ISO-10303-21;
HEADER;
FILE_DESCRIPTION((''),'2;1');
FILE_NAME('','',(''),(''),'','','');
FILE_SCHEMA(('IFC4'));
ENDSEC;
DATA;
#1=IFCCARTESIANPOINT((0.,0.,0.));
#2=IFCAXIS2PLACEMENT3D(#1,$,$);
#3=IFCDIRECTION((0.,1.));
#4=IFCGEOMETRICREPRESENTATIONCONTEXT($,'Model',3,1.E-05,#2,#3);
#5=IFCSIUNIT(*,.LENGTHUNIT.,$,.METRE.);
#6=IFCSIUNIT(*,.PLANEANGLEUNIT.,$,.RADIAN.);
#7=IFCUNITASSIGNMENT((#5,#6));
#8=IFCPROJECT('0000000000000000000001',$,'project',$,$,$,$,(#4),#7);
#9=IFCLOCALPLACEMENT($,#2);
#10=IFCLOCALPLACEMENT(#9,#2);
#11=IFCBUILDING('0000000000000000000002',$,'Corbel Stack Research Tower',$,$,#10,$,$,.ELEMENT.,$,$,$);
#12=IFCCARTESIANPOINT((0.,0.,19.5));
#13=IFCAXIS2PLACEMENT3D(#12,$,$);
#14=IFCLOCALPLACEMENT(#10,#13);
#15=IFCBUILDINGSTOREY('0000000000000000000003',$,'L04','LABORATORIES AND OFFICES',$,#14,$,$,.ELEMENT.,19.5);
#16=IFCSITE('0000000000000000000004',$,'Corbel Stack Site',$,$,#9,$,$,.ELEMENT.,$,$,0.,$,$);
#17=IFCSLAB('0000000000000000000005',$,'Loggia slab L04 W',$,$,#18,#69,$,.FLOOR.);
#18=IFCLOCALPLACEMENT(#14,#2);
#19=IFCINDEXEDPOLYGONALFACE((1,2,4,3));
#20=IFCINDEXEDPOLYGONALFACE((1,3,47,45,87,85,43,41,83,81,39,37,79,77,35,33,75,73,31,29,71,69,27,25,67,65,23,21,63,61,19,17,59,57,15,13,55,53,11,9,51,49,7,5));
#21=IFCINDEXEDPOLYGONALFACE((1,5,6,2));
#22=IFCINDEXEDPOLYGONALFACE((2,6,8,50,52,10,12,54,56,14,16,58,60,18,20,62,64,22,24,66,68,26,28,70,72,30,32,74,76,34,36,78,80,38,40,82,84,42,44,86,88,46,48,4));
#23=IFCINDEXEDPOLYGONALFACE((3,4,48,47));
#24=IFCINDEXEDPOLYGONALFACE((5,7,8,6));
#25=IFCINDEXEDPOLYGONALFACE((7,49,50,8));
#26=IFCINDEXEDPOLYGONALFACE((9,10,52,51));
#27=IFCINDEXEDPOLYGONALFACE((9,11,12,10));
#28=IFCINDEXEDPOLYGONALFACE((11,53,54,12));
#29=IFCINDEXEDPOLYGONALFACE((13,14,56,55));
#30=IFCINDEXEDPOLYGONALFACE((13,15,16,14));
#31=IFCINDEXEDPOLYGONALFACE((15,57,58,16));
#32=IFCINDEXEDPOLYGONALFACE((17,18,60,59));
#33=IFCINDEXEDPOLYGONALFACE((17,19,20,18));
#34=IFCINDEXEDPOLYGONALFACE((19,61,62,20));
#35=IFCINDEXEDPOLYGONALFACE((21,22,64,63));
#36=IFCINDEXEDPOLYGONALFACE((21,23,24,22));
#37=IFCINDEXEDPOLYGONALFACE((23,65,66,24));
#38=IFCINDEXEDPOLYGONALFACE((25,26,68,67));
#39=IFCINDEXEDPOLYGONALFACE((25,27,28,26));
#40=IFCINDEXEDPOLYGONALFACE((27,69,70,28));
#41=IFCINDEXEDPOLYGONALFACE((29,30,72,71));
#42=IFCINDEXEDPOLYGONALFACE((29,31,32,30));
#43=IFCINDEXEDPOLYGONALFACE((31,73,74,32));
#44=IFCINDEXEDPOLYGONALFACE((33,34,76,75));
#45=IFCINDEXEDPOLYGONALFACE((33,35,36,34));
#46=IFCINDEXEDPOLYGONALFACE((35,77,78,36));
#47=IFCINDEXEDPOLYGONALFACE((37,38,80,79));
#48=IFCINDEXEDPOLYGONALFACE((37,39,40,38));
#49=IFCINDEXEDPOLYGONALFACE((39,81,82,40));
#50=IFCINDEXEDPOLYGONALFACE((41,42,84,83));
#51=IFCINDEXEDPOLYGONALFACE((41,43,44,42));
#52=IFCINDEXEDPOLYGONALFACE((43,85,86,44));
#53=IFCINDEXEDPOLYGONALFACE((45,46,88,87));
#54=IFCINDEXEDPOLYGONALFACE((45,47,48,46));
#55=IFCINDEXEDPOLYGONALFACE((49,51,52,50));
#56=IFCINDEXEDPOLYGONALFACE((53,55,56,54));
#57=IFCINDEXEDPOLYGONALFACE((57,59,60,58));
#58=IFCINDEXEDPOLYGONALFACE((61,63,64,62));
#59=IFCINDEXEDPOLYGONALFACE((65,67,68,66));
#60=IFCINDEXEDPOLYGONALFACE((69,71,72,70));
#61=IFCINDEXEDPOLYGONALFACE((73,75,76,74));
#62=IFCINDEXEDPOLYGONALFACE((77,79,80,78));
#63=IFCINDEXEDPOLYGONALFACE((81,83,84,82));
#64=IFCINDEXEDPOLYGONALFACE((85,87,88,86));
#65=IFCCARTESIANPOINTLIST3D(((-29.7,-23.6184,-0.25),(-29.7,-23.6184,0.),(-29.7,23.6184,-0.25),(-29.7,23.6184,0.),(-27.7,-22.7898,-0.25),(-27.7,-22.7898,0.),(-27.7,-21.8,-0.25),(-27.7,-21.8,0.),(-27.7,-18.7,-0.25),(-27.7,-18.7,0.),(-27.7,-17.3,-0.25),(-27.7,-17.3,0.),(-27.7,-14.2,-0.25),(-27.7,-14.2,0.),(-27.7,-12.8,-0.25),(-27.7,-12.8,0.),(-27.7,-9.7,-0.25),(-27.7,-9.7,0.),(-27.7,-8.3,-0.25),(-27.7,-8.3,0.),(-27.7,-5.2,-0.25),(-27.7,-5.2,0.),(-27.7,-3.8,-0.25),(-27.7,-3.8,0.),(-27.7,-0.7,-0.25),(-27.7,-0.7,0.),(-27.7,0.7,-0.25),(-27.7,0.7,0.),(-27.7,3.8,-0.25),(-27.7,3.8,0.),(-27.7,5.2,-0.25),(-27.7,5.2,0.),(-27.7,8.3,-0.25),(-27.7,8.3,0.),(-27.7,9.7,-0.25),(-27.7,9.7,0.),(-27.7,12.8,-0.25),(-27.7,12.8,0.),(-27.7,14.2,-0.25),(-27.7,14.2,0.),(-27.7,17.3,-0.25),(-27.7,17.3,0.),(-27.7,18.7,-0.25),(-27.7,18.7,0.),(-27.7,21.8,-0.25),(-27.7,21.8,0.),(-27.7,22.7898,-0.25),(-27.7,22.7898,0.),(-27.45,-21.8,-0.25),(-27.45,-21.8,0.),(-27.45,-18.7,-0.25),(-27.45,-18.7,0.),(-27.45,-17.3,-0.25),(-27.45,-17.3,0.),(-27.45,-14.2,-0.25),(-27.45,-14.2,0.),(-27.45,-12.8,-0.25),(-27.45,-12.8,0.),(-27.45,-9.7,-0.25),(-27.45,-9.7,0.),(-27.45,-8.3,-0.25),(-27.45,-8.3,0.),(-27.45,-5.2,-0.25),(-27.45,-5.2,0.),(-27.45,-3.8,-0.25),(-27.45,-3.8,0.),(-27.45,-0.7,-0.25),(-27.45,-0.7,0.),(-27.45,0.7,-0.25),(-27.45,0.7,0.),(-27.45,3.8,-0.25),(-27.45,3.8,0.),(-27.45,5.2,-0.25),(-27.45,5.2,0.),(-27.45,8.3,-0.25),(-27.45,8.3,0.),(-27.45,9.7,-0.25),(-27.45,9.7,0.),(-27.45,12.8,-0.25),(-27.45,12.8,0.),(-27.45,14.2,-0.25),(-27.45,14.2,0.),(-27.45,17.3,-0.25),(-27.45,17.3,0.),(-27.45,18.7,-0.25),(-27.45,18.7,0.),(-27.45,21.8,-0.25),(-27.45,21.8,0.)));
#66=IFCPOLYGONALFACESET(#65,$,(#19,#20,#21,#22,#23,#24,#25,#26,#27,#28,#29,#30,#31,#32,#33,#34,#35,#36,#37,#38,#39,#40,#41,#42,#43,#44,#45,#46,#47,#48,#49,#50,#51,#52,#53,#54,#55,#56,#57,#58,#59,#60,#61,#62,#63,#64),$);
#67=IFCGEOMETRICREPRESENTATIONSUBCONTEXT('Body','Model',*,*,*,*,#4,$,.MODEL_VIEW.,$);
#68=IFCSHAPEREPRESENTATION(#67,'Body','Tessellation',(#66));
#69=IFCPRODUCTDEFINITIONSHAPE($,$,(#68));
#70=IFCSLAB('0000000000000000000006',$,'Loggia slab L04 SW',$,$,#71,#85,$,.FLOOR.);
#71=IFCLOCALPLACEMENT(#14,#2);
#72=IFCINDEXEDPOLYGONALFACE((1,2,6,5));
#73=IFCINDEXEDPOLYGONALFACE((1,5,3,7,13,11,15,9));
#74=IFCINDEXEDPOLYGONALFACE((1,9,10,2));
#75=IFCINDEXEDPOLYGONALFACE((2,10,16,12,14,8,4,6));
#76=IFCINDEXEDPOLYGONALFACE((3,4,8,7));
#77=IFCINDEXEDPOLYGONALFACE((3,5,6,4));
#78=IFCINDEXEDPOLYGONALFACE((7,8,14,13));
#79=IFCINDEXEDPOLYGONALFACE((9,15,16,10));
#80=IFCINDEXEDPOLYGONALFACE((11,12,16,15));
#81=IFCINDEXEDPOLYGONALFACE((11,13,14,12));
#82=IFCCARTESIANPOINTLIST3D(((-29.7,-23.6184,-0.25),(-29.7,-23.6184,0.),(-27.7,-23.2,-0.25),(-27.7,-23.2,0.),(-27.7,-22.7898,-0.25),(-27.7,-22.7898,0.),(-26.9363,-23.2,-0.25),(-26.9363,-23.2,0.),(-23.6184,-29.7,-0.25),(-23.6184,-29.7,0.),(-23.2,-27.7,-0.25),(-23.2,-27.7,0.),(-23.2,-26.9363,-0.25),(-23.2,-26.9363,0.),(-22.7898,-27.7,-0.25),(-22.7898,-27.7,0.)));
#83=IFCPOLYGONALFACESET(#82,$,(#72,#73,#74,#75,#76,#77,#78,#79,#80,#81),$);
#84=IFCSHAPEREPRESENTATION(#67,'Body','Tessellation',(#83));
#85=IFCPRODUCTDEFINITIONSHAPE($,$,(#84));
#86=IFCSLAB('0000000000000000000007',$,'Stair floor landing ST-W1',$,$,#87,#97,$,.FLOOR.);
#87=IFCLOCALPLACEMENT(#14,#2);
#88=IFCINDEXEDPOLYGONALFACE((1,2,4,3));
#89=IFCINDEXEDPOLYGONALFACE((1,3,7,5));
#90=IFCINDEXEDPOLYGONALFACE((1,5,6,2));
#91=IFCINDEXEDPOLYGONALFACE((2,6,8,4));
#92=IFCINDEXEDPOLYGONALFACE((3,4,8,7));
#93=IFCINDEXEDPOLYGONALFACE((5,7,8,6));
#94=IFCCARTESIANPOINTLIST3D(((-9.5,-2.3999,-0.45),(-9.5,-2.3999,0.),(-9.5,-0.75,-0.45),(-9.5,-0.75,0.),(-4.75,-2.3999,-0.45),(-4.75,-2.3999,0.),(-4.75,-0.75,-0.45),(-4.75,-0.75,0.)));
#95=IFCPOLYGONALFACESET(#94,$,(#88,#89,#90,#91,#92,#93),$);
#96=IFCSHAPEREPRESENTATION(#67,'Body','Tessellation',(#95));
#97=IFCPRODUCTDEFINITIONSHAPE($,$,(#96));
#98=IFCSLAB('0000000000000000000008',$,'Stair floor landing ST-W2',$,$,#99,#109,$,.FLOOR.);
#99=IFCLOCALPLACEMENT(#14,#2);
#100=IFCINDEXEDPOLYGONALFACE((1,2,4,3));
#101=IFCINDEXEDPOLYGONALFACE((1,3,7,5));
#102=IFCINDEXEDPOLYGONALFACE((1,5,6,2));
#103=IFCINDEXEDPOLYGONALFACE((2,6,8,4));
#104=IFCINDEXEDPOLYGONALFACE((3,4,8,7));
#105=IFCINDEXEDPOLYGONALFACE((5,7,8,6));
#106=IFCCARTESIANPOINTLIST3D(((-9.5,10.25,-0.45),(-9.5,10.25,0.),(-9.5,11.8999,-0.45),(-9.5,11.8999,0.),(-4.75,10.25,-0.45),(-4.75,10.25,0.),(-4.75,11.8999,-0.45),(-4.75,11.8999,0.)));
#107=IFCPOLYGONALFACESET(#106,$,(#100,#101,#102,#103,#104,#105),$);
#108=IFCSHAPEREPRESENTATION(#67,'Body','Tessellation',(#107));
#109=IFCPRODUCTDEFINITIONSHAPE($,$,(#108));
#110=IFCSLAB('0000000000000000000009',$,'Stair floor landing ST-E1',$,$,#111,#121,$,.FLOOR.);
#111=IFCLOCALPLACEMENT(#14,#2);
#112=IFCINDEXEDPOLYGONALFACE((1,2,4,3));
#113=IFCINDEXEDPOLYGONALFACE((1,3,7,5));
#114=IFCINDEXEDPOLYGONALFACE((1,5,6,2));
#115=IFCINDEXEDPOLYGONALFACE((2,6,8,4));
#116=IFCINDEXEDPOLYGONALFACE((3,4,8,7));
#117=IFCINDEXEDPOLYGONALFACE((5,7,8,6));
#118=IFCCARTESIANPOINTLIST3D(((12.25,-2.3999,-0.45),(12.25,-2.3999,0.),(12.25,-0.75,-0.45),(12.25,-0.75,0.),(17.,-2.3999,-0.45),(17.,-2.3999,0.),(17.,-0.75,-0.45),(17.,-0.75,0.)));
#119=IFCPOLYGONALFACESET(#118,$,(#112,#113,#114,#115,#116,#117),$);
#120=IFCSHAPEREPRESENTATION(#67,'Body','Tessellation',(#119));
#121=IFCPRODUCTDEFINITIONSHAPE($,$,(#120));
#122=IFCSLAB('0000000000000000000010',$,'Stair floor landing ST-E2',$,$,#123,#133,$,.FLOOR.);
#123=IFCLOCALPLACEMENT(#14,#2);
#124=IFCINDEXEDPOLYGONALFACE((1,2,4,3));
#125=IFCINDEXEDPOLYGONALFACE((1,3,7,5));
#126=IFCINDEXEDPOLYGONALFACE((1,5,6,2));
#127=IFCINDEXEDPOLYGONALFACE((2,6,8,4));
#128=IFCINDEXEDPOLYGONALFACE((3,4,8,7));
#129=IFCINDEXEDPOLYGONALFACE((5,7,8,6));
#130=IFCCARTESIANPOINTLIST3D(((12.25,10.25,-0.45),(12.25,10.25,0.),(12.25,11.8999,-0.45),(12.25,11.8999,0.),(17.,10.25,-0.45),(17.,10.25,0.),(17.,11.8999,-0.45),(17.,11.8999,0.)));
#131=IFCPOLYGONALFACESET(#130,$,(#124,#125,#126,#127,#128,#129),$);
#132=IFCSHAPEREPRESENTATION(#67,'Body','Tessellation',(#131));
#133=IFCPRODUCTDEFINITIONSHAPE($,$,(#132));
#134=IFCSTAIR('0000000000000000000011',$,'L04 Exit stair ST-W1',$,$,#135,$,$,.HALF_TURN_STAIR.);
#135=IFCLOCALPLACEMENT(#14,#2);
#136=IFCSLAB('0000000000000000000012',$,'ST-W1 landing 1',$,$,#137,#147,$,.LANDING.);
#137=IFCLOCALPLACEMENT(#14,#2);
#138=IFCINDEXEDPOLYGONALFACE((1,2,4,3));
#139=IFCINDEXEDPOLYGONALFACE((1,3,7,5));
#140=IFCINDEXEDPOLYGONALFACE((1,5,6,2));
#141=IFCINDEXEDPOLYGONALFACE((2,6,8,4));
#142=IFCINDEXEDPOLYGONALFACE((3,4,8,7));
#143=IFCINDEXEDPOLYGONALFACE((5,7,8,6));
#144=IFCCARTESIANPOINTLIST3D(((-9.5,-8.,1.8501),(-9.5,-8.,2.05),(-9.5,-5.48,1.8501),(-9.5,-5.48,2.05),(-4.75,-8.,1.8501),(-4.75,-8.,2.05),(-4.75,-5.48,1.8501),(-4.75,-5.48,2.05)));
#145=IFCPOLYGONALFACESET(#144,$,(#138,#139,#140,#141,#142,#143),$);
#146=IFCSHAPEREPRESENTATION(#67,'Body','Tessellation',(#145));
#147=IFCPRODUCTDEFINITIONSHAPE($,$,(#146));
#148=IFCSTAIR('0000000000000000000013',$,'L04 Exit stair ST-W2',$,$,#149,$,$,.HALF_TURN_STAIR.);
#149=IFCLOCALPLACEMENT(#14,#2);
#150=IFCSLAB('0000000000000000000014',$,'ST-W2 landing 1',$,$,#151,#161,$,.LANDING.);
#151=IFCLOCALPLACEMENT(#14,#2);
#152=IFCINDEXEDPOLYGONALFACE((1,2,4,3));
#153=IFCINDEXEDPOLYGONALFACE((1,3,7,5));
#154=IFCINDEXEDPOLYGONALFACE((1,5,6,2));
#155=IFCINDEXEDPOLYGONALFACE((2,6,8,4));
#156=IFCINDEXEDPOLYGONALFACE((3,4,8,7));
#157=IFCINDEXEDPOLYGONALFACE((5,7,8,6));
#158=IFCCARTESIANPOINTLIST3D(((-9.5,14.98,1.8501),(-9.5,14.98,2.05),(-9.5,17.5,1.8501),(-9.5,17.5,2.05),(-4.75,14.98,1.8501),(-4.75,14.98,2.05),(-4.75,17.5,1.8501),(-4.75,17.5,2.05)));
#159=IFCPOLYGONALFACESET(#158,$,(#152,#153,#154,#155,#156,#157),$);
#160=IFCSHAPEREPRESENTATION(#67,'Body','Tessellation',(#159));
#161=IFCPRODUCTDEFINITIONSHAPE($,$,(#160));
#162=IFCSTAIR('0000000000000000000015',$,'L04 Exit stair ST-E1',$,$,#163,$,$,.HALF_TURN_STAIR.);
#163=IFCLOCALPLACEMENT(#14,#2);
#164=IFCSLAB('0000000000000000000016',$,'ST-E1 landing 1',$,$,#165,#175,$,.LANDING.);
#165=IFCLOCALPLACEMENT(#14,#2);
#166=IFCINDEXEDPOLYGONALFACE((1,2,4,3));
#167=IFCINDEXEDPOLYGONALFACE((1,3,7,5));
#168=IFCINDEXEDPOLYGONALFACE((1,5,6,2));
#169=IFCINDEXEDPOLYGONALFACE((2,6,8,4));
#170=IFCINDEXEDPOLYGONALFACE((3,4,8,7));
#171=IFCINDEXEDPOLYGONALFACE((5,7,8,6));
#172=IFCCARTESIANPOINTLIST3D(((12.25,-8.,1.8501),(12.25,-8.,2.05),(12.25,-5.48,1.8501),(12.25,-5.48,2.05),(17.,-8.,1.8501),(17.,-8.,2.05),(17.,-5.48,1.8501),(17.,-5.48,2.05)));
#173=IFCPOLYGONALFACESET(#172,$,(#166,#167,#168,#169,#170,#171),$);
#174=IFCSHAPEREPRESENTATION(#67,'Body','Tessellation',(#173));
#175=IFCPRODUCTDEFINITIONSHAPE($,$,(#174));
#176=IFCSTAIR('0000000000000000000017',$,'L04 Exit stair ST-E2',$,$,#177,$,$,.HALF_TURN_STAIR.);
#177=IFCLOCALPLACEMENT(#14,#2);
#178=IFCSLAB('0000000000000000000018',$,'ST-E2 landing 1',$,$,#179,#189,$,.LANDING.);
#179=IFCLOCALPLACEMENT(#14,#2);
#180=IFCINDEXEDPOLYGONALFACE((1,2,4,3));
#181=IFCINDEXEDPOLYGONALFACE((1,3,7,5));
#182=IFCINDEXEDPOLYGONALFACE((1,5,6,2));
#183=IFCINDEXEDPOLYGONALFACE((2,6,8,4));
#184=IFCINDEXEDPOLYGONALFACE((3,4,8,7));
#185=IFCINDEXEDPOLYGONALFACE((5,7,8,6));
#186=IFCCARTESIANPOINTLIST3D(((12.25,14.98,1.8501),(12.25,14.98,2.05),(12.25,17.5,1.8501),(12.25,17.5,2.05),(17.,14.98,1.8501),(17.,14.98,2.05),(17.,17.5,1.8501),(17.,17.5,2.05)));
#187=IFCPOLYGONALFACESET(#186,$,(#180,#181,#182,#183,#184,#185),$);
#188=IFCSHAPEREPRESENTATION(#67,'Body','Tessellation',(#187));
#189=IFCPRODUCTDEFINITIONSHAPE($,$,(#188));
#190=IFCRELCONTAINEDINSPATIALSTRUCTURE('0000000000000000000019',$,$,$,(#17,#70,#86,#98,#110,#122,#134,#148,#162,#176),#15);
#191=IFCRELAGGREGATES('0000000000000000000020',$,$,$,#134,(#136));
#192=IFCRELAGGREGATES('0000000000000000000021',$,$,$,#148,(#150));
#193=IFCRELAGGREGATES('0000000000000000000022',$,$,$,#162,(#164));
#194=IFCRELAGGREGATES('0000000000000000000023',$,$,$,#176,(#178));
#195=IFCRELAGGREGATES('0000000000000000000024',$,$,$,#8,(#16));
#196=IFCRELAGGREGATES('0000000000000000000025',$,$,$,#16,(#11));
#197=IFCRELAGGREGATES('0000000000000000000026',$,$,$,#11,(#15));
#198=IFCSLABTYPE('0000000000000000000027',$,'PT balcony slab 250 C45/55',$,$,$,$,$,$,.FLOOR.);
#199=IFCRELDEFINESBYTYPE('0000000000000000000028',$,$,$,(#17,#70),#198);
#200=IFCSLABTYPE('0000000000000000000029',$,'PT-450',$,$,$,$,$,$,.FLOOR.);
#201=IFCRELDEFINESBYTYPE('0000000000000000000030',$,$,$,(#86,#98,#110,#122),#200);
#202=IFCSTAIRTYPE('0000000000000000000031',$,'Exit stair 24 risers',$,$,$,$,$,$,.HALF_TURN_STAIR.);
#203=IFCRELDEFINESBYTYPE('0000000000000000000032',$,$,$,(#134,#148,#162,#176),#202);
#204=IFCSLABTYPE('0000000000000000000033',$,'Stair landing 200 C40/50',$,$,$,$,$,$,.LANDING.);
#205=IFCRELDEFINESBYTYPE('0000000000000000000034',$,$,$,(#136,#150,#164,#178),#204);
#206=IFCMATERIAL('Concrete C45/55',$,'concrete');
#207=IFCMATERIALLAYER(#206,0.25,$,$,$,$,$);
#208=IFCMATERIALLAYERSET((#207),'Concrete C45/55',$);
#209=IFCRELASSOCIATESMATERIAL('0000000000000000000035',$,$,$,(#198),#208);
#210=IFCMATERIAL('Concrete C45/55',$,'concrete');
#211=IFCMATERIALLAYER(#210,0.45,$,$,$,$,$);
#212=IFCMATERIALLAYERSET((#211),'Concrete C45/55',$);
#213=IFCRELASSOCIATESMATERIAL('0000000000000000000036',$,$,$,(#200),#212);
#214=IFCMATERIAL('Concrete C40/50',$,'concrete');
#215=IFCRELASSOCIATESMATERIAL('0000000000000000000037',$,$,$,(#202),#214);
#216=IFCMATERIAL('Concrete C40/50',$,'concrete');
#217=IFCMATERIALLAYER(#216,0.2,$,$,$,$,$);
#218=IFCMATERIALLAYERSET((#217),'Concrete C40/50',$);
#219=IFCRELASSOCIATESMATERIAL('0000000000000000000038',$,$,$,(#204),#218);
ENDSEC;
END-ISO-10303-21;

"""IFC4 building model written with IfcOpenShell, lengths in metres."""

from ifc_helpers import new_model, si_unit, direction, frame, origin, place, context, subcontext, project, spatial, polyline, outline, extrude, material, layer, layer_set, type_object, element, aggregate, save


model = new_model("IFC4")

# Units and contexts
model_context = context("Model", 3, precision=1e-05, world=origin(), true_north=direction((0.0, 1.0)))
body_context = subcontext(model_context, "Body", "Model", "MODEL_VIEW")
ifc_project = project(units=[si_unit("LENGTHUNIT", "METRE"), si_unit("PLANEANGLEUNIT", "RADIAN")], contexts=[model_context])

# Site, building, storey
site_placement = place(None, origin())
site = spatial("IfcSite", under=ifc_project, at=site_placement, Name="Corbel Stack Site", CompositionType="ELEMENT", RefElevation=0.0)
building_placement = place(site_placement, origin())
building = spatial("IfcBuilding", under=site, at=building_placement, Name="Corbel Stack Research Tower", CompositionType="ELEMENT")
storey_placement = place(building_placement, frame((0.0, 0.0, 19.5)))
storey = spatial("IfcBuildingStorey", under=building, at=storey_placement, Name="L04", Description="LABORATORIES AND OFFICES", CompositionType="ELEMENT", Elevation=19.5)

# Slabs
ifc_material_1 = material(Name="Concrete C45/55", Category="concrete")
ifc_layer_1 = layer(ifc_material_1, 0.25)
ifc_layer_set_1 = layer_set([ifc_layer_1], Name="Concrete C45/55")
slab_type_1 = type_object("IfcSlabType", Name="PT balcony slab 250 C45/55", PredefinedType="FLOOR", material=ifc_layer_set_1)
slab_1_placement = place(storey_placement, frame((0.0, 0.0, -0.25)))
element("IfcSlab", 1, at=slab_1_placement, inside=storey, type_object=slab_type_1, Name="Loggia slab L04 W", PredefinedType="FLOOR", context=body_context, shape_type="SweptSolid", body=[
    extrude(outline(polyline([(-27.7, -22.7898), (-27.7, -21.8), (-27.45, -21.8), (-27.45, -18.7), (-27.7, -18.7), (-27.7, -17.3), (-27.45, -17.3), (-27.45, -14.2), (-27.7, -14.2), (-27.7, -12.8), (-27.45, -12.8), (-27.45, -9.7), (-27.7, -9.7), (-27.7, -8.3), (-27.45, -8.3), (-27.45, -5.2), (-27.7, -5.2), (-27.7, -3.8), (-27.45, -3.8), (-27.45, -0.7), (-27.7, -0.7), (-27.7, 0.7), (-27.45, 0.7), (-27.45, 3.8), (-27.7, 3.8), (-27.7, 5.2), (-27.45, 5.2), (-27.45, 8.3), (-27.7, 8.3), (-27.7, 9.7), (-27.45, 9.7), (-27.45, 12.8), (-27.7, 12.8), (-27.7, 14.2), (-27.45, 14.2), (-27.45, 17.3), (-27.7, 17.3), (-27.7, 18.7), (-27.45, 18.7), (-27.45, 21.8), (-27.7, 21.8), (-27.7, 22.7898), (-29.7, 23.6184), (-29.7, -23.6184), (-27.7, -22.7898)])), origin(), (0.0, 0.0, 1.0), 0.25),
])
slab_2_placement = place(storey_placement, frame((0.0, 0.0, -0.25)))
element("IfcSlab", 2, at=slab_2_placement, inside=storey, type_object=slab_type_1, Name="Loggia slab L04 SW", PredefinedType="FLOOR", context=body_context, shape_type="SweptSolid", body=[
    extrude(outline(polyline([(-22.7898, -27.7), (-23.2, -27.7), (-23.2, -26.9363), (-26.9363, -23.2), (-27.7, -23.2), (-27.7, -22.7898), (-29.7, -23.6184), (-23.6184, -29.7), (-22.7898, -27.7)])), origin(), (0.0, 0.0, 1.0), 0.25),
])
ifc_material_2 = material(Name="Concrete C45/55", Category="concrete")
ifc_layer_2 = layer(ifc_material_2, 0.45)
ifc_layer_set_2 = layer_set([ifc_layer_2], Name="Concrete C45/55")
slab_type_2 = type_object("IfcSlabType", Name="PT-450", PredefinedType="FLOOR", material=ifc_layer_set_2)
slab_3_placement = place(storey_placement, frame((0.0, 0.0, -0.45)))
element("IfcSlab", 3, at=slab_3_placement, inside=storey, type_object=slab_type_2, Name="Stair floor landing ST-W1", PredefinedType="FLOOR", context=body_context, shape_type="SweptSolid", body=[
    extrude(outline(polyline([(-9.5, -2.3999), (-4.75, -2.3999), (-4.75, -0.75), (-9.5, -0.75), (-9.5, -2.3999)])), origin(), (0.0, 0.0, 1.0), 0.45),
])
slab_4_placement = place(storey_placement, frame((0.0, 0.0, -0.45)))
element("IfcSlab", 4, at=slab_4_placement, inside=storey, type_object=slab_type_2, Name="Stair floor landing ST-W2", PredefinedType="FLOOR", context=body_context, shape_type="SweptSolid", body=[
    extrude(outline(polyline([(-9.5, 10.25), (-4.75, 10.25), (-4.75, 11.8999), (-9.5, 11.8999), (-9.5, 10.25)])), origin(), (0.0, 0.0, 1.0), 0.45),
])
slab_5_placement = place(storey_placement, frame((0.0, 0.0, -0.45)))
element("IfcSlab", 5, at=slab_5_placement, inside=storey, type_object=slab_type_2, Name="Stair floor landing ST-E1", PredefinedType="FLOOR", context=body_context, shape_type="SweptSolid", body=[
    extrude(outline(polyline([(12.25, -2.3999), (17.0, -2.3999), (17.0, -0.75), (12.25, -0.75), (12.25, -2.3999)])), origin(), (0.0, 0.0, 1.0), 0.45),
])
slab_6_placement = place(storey_placement, frame((0.0, 0.0, -0.45)))
element("IfcSlab", 6, at=slab_6_placement, inside=storey, type_object=slab_type_2, Name="Stair floor landing ST-E2", PredefinedType="FLOOR", context=body_context, shape_type="SweptSolid", body=[
    extrude(outline(polyline([(12.25, 10.25), (17.0, 10.25), (17.0, 11.8999), (12.25, 11.8999), (12.25, 10.25)])), origin(), (0.0, 0.0, 1.0), 0.45),
])

# Stairs, slabs
ifc_material_3 = material(Name="Concrete C40/50", Category="concrete")
stair_type = type_object("IfcStairType", Name="Exit stair 24 risers", PredefinedType="HALF_TURN_STAIR", material=ifc_material_3)
stair_1_placement = place(storey_placement, origin())
stair_1 = element("IfcStair", 7, at=stair_1_placement, inside=storey, type_object=stair_type, Name="L04 Exit stair ST-W1", PredefinedType="HALF_TURN_STAIR")
ifc_material_4 = material(Name="Concrete C40/50", Category="concrete")
ifc_layer_3 = layer(ifc_material_4, 0.2)
ifc_layer_set_3 = layer_set([ifc_layer_3], Name="Concrete C40/50")
slab_type_3 = type_object("IfcSlabType", Name="Stair landing 200 C40/50", PredefinedType="LANDING", material=ifc_layer_set_3)
slab_7_placement = place(storey_placement, frame((0.0, 0.0, 1.8501)))
slab_7 = element("IfcSlab", 8, at=slab_7_placement, type_object=slab_type_3, Name="ST-W1 landing 1", PredefinedType="LANDING", context=body_context, shape_type="SweptSolid", body=[
    extrude(outline(polyline([(-9.5, -8.0), (-9.5, -5.48), (-4.75, -5.48), (-4.75, -8.0), (-9.5, -8.0)])), origin(), (0.0, 0.0, 1.0), 0.2),
])
aggregate(stair_1, [slab_7])
stair_2_placement = place(storey_placement, origin())
stair_2 = element("IfcStair", 9, at=stair_2_placement, inside=storey, type_object=stair_type, Name="L04 Exit stair ST-W2", PredefinedType="HALF_TURN_STAIR")
slab_8_placement = place(storey_placement, frame((0.0, 0.0, 1.8501)))
slab_8 = element("IfcSlab", 10, at=slab_8_placement, type_object=slab_type_3, Name="ST-W2 landing 1", PredefinedType="LANDING", context=body_context, shape_type="SweptSolid", body=[
    extrude(outline(polyline([(-9.5, 14.98), (-9.5, 17.5), (-4.75, 17.5), (-4.75, 14.98), (-9.5, 14.98)])), origin(), (0.0, 0.0, 1.0), 0.2),
])
aggregate(stair_2, [slab_8])
stair_3_placement = place(storey_placement, origin())
stair_3 = element("IfcStair", 11, at=stair_3_placement, inside=storey, type_object=stair_type, Name="L04 Exit stair ST-E1", PredefinedType="HALF_TURN_STAIR")
slab_9_placement = place(storey_placement, frame((0.0, 0.0, 1.8501)))
slab_9 = element("IfcSlab", 12, at=slab_9_placement, type_object=slab_type_3, Name="ST-E1 landing 1", PredefinedType="LANDING", context=body_context, shape_type="SweptSolid", body=[
    extrude(outline(polyline([(12.25, -8.0), (12.25, -5.48), (17.0, -5.48), (17.0, -8.0), (12.25, -8.0)])), origin(), (0.0, 0.0, 1.0), 0.2),
])
aggregate(stair_3, [slab_9])
stair_4_placement = place(storey_placement, origin())
stair_4 = element("IfcStair", 13, at=stair_4_placement, inside=storey, type_object=stair_type, Name="L04 Exit stair ST-E2", PredefinedType="HALF_TURN_STAIR")
slab_10_placement = place(storey_placement, frame((0.0, 0.0, 1.8501)))
slab_10 = element("IfcSlab", 14, at=slab_10_placement, type_object=slab_type_3, Name="ST-E2 landing 1", PredefinedType="LANDING", context=body_context, shape_type="SweptSolid", body=[
    extrude(outline(polyline([(12.25, 14.98), (12.25, 17.5), (17.0, 17.5), (17.0, 14.98), (12.25, 14.98)])), origin(), (0.0, 0.0, 1.0), 0.2),
])
aggregate(stair_4, [slab_10])

save(model, "model.ifc")
